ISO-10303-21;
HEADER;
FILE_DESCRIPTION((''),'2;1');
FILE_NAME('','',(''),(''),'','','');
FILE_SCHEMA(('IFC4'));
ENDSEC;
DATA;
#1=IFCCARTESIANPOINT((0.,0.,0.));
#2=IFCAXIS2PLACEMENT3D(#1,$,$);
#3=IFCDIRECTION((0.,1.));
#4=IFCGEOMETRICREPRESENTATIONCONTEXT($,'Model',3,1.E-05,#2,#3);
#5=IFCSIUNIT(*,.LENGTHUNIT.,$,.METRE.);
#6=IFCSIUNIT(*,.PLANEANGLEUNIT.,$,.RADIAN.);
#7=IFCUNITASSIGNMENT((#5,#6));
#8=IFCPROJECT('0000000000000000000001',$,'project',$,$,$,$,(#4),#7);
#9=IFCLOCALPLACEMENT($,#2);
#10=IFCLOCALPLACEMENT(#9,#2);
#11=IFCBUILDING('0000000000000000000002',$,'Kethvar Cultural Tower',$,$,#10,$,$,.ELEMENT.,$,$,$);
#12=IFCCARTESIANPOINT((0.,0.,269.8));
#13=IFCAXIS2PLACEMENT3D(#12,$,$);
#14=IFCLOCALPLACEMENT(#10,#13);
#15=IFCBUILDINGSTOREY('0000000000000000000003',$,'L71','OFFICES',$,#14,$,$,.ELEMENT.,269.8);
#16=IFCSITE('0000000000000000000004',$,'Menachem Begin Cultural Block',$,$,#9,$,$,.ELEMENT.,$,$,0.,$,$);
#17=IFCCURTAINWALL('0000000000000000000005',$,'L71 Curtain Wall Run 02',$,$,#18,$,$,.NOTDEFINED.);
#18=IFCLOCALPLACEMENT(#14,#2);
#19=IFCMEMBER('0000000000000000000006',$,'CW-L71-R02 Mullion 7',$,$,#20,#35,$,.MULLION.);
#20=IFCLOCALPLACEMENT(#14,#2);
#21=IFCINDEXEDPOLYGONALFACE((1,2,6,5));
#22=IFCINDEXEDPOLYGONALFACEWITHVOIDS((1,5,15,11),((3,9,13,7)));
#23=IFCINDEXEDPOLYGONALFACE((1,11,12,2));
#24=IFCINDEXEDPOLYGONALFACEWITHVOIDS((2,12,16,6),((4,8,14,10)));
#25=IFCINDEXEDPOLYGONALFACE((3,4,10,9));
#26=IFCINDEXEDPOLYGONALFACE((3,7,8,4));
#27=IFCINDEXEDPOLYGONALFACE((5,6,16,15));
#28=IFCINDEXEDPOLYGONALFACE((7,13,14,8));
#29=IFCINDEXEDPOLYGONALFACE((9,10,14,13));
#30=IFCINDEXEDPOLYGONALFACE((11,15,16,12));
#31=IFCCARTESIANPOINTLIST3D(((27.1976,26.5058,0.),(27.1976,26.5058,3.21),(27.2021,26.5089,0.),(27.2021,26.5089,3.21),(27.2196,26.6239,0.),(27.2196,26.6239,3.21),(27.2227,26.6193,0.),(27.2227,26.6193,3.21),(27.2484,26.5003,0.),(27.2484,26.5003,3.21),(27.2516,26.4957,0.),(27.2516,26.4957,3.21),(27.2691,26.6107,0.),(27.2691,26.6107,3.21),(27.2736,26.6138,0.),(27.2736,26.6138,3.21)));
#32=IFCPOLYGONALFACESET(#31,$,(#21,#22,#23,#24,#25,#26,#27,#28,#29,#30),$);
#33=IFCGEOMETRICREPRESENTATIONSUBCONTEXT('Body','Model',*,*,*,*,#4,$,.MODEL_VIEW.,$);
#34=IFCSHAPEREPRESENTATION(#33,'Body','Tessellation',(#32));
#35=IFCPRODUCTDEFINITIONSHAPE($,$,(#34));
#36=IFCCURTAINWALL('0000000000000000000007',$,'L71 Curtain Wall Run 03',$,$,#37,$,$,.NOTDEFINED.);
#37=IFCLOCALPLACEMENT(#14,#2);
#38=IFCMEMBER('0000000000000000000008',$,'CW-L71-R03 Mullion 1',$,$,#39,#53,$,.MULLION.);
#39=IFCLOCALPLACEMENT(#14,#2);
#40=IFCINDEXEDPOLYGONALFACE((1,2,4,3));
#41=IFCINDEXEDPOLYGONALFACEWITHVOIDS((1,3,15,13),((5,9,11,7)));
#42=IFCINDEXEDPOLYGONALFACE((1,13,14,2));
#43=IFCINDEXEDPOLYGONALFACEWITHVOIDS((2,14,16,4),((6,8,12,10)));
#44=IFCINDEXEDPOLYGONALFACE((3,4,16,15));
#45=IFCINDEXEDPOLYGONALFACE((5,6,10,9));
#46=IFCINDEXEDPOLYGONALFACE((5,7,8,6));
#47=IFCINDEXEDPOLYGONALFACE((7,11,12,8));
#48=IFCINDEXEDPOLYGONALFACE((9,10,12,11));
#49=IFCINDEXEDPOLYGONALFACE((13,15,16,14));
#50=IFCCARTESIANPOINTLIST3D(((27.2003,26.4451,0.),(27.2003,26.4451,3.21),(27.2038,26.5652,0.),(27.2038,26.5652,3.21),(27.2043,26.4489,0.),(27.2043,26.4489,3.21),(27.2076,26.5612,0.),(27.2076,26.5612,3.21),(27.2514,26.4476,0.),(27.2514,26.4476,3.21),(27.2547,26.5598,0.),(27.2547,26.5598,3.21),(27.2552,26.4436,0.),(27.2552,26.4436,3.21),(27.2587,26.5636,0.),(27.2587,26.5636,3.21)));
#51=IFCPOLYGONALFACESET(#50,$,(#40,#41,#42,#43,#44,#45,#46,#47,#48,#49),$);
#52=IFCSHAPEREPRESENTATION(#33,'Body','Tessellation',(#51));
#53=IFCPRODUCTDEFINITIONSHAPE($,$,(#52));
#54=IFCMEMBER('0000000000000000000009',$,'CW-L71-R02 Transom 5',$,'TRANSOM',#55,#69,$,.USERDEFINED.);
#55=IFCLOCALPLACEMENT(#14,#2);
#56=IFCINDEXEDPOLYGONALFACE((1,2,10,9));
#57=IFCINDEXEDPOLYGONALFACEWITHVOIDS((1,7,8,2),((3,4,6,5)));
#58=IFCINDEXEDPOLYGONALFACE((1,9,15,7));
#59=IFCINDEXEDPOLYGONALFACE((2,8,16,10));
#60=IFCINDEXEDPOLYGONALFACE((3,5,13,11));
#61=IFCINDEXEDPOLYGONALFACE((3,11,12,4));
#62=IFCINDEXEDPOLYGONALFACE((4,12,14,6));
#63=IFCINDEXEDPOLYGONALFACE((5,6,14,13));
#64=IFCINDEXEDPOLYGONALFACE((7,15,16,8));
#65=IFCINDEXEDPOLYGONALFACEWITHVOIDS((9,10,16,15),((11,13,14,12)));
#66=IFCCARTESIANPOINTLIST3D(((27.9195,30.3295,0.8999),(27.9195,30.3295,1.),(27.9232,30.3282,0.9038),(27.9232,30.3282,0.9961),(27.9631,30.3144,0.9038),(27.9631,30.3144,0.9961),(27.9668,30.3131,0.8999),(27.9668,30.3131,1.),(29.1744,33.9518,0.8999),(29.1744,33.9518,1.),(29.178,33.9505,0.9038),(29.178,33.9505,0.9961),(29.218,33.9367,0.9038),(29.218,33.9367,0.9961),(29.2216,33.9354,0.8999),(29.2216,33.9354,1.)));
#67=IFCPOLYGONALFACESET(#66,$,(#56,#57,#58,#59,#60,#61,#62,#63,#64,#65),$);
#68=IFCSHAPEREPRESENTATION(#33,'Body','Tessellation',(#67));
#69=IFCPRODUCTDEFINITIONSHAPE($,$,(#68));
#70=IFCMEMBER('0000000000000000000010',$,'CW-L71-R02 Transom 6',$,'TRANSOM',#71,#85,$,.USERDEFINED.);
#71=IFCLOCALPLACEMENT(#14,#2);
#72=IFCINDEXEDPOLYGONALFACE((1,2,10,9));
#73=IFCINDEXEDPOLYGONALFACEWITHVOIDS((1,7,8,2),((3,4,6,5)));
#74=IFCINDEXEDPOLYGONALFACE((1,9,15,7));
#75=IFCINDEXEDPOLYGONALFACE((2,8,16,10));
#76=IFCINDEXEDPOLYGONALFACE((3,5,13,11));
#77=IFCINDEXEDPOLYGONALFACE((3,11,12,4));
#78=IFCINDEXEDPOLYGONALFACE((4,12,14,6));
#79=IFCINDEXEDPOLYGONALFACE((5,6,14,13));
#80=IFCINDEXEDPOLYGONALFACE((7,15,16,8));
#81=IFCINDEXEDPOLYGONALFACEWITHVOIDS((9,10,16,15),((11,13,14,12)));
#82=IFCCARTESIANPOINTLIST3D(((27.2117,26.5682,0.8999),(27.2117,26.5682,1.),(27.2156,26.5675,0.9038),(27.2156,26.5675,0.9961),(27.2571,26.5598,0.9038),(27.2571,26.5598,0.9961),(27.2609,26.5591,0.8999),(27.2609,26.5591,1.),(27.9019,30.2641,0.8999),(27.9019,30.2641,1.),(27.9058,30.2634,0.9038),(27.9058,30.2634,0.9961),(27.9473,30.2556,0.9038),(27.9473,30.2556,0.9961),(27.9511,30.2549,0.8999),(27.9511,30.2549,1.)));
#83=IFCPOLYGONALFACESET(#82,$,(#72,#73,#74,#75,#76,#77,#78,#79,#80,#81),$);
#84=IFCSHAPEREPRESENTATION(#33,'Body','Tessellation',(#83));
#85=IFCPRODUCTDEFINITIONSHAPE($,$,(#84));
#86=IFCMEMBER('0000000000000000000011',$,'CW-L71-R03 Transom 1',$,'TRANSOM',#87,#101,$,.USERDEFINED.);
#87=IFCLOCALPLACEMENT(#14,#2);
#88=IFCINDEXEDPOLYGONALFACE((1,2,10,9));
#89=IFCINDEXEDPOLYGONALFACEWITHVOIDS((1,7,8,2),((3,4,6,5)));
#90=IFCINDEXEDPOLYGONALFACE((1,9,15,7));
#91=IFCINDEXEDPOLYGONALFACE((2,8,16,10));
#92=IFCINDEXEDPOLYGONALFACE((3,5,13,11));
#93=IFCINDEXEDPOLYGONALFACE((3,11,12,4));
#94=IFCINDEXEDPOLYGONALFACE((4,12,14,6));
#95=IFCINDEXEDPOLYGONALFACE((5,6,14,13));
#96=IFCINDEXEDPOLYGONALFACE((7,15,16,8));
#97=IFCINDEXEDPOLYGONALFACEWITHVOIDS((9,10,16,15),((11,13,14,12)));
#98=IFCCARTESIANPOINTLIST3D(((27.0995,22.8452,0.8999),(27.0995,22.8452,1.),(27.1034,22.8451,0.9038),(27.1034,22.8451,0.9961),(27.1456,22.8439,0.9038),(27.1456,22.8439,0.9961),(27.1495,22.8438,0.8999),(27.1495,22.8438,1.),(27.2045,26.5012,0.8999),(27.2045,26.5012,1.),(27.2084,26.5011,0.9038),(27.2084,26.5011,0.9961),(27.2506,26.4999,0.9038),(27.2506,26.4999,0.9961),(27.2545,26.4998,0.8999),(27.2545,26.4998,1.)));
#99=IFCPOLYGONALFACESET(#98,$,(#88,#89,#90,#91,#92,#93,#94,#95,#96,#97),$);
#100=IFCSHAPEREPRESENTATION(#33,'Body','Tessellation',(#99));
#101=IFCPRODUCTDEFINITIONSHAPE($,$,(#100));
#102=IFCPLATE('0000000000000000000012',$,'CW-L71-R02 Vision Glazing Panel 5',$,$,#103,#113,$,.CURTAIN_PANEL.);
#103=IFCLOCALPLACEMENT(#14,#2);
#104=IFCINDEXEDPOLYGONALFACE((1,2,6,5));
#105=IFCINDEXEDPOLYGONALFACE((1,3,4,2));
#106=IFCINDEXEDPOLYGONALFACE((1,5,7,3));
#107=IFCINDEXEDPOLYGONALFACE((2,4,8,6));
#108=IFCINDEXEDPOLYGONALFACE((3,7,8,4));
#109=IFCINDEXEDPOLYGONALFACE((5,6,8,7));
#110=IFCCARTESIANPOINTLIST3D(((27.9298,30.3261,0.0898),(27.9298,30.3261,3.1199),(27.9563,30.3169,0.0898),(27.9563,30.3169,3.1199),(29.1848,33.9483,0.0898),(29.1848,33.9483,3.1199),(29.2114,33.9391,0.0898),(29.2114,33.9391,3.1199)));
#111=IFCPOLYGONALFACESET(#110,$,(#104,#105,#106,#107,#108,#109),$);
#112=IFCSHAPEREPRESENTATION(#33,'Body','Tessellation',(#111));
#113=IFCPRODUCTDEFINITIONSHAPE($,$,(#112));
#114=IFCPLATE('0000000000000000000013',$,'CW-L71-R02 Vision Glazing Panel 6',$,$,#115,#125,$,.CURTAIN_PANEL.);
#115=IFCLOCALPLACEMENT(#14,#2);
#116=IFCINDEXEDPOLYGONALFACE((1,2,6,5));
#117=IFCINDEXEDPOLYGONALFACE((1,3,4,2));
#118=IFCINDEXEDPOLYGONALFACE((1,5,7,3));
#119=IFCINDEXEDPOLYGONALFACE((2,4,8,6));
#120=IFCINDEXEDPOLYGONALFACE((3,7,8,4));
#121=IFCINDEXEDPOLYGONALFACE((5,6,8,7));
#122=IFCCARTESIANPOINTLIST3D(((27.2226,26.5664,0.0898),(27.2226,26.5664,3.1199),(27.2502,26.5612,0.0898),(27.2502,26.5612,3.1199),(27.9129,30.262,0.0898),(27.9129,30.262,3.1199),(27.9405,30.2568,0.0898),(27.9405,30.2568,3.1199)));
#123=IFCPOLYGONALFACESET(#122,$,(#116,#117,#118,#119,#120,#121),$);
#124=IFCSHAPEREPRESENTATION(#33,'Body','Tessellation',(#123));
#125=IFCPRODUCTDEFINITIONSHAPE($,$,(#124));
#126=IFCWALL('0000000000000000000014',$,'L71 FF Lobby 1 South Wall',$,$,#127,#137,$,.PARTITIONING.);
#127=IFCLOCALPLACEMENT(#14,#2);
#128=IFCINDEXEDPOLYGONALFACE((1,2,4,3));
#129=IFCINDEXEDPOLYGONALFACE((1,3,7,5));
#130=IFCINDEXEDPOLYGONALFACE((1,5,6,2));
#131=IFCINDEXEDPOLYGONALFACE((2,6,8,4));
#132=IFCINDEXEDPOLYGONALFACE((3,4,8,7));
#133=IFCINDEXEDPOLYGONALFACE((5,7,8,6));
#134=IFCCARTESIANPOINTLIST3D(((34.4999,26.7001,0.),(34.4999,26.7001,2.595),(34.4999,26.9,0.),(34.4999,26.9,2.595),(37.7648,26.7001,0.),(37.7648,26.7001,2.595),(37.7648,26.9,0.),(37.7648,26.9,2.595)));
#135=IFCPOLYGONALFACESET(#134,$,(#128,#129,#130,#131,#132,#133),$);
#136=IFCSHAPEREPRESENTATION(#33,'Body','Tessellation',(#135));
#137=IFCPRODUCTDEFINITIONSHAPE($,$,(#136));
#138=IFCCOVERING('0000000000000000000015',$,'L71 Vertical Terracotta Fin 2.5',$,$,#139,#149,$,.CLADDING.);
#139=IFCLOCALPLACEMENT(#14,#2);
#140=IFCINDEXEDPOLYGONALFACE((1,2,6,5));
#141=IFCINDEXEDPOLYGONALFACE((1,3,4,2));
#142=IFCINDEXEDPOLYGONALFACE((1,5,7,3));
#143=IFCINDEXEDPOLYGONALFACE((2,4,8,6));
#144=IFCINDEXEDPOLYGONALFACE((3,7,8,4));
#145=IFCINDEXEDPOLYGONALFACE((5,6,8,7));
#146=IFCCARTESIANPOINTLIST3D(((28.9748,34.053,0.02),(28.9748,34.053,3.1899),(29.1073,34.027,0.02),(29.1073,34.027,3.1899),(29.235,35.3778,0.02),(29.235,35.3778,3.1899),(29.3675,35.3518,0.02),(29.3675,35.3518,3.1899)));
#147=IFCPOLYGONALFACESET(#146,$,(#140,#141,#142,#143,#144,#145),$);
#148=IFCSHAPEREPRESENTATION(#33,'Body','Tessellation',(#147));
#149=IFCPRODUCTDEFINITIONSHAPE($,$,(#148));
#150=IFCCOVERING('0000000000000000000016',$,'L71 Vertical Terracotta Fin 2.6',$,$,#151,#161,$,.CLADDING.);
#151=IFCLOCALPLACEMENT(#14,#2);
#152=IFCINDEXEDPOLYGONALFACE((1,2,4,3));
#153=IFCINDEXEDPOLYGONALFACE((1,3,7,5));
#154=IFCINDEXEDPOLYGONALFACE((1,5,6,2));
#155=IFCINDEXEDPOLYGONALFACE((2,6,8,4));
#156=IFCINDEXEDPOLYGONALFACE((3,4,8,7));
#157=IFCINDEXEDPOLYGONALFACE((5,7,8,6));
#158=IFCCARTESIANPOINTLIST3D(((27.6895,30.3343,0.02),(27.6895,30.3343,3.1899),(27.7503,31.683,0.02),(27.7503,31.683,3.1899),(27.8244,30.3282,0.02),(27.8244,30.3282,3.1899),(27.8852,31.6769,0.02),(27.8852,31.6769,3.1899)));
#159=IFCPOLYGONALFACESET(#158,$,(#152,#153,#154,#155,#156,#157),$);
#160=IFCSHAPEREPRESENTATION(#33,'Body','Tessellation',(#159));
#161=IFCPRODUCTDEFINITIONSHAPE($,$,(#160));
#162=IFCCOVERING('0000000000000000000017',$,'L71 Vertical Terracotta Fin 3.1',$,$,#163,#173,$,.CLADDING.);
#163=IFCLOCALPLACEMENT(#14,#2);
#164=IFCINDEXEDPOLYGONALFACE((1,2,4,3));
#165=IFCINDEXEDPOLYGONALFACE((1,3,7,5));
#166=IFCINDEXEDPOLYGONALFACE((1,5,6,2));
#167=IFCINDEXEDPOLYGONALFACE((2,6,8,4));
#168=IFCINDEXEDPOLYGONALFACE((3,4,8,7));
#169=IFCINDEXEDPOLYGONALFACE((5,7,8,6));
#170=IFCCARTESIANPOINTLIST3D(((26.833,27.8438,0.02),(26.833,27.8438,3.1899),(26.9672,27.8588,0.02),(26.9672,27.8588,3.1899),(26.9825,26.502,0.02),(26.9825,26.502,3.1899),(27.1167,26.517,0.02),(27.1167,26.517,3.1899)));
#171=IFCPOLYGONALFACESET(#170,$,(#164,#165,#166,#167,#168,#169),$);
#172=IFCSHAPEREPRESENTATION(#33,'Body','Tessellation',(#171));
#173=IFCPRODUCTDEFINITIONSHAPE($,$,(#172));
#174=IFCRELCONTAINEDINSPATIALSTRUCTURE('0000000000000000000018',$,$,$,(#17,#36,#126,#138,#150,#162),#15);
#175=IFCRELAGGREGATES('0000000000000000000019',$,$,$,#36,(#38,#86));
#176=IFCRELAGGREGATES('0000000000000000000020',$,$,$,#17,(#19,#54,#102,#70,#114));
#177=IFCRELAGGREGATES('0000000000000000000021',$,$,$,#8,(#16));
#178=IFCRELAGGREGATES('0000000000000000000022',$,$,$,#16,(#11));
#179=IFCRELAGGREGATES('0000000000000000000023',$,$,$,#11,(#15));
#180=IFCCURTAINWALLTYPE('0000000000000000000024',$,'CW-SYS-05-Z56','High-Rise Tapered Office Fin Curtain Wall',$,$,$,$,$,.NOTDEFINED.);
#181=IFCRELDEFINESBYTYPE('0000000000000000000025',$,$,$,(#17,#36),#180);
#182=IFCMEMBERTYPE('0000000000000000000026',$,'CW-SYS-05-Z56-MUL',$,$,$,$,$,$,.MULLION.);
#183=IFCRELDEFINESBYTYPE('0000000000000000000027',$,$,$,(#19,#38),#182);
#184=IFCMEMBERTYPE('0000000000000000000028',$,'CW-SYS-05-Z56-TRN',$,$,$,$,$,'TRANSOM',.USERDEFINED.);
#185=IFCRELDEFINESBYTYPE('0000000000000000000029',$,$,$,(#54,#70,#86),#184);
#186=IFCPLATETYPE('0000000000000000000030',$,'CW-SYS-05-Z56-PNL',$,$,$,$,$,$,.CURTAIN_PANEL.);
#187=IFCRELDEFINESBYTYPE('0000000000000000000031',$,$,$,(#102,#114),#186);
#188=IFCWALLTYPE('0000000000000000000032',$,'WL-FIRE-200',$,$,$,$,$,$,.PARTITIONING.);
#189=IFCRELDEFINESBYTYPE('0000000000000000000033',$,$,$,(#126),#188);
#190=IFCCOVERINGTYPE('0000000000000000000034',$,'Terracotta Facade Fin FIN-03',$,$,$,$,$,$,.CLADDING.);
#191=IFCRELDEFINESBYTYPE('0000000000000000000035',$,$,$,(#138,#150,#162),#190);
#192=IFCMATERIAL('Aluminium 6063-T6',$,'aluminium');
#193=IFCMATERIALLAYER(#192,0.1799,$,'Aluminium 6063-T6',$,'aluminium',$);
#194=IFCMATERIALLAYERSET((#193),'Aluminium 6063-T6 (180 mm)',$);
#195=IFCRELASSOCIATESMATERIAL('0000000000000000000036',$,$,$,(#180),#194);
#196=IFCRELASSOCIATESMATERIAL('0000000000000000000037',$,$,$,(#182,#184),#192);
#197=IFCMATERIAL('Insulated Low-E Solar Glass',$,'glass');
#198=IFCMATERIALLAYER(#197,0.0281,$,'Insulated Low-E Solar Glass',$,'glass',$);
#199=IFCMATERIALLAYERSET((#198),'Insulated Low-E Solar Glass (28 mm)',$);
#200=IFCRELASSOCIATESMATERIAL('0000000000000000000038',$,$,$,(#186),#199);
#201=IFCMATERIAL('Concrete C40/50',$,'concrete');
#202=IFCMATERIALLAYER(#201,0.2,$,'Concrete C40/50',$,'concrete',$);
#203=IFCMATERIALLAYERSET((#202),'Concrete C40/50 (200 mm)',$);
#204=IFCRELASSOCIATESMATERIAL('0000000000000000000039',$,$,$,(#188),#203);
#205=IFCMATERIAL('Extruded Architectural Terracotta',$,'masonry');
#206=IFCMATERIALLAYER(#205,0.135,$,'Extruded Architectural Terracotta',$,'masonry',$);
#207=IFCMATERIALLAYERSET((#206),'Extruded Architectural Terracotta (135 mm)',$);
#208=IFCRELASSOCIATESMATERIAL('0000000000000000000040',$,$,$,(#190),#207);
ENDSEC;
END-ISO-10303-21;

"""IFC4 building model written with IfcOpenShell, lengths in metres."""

from ifc_helpers import new_model, si_unit, direction, frame, frame_2d, origin, origin_2d, place, context, subcontext, project, spatial, rectangle, hollow_rectangle, extrude, source, transform, mapped, material, layer, layer_set, material_profile, profile_set, type_object, element, aggregate, save


model = new_model("IFC4")

# Units and contexts
model_context = context("Model", 3, precision=1e-05, world=origin(), true_north=direction((0.0, 1.0)))
body_context = subcontext(model_context, "Body", "Model", "MODEL_VIEW")
ifc_project = project(units=[si_unit("LENGTHUNIT", "METRE"), si_unit("PLANEANGLEUNIT", "RADIAN")], contexts=[model_context])

# Site, building, storey
site_placement = place(None, origin())
site = spatial("IfcSite", under=ifc_project, at=site_placement, Name="Menachem Begin Cultural Block", CompositionType="ELEMENT", RefElevation=0.0)
building_placement = place(site_placement, origin())
building = spatial("IfcBuilding", under=site, at=building_placement, Name="Kethvar Cultural Tower", CompositionType="ELEMENT")
storey_placement = place(building_placement, frame((0.0, 0.0, 269.8)))
storey = spatial("IfcBuildingStorey", under=building, at=storey_placement, Name="L71", Description="OFFICES", CompositionType="ELEMENT", Elevation=269.8)

# Curtain wall, member
ifc_material_1 = material(Name="Aluminium 6063-T6", Category="aluminium")
ifc_layer_1 = layer(ifc_material_1, 0.1799, Name="Aluminium 6063-T6", Category="aluminium")
ifc_layer_set_1 = layer_set([ifc_layer_1], Name="Aluminium 6063-T6 (180 mm)")
curtain_wall_type = type_object("IfcCurtainWallType", Name="CW-SYS-05-Z56", Description="High-Rise Tapered Office Fin Curtain Wall", PredefinedType="NOTDEFINED", material=ifc_layer_set_1)
curtain_wall_1_placement = place(storey_placement, origin())
curtain_wall_1 = element("IfcCurtainWall", 1, at=curtain_wall_1_placement, inside=storey, type_object=curtain_wall_type, Name="L71 Curtain Wall Run 02", PredefinedType="NOTDEFINED")
ifc_material_profile_1 = material_profile(ifc_material_1, hollow_rectangle(XDim=0.0549, YDim=0.1201, WallThickness=0.0039, at=origin_2d()), Name="Aluminium 6063-T6 — RHS120x55x4")
ifc_profile_set_1 = profile_set([ifc_material_profile_1], Name="Aluminium 6063-T6 — RHS120x55x4")
member_type_1 = type_object("IfcMemberType", Name="CW-SYS-05-Z56-MUL", PredefinedType="MULLION", material=ifc_profile_set_1)
shared_shape_1 = source(origin(), body_context, "Body", "SweptSolid", [
    extrude(hollow_rectangle(XDim=0.0549, YDim=0.1201, WallThickness=0.0039, at=origin_2d()), origin(), (0.0, 0.0, 1.0), 3.21),
])
member_1_placement = place(storey_placement, frame((27.2356, 26.5598, 0.0), z_axis=(0.0, 0.0, 1.0), x_axis=(0.982996, -0.183625, 0.0)))
member_1 = element("IfcMember", 2, at=member_1_placement, type_object=member_type_1, Name="CW-L71-R02 Mullion 7", PredefinedType="MULLION", context=body_context, shape_type="MappedRepresentation", body=[
    mapped(shared_shape_1, transform((0.0, 0.0, 0.0), scale=1.0)),
])

# Curtain wall, member
curtain_wall_2_placement = place(storey_placement, origin())
curtain_wall_2 = element("IfcCurtainWall", 3, at=curtain_wall_2_placement, inside=storey, type_object=curtain_wall_type, Name="L71 Curtain Wall Run 03", PredefinedType="NOTDEFINED")
member_2_placement = place(storey_placement, frame((27.2295, 26.5044, 0.0), z_axis=(0.0, 0.0, 1.0), x_axis=(0.999588, -0.028689, 0.0)))
member_2 = element("IfcMember", 4, at=member_2_placement, type_object=member_type_1, Name="CW-L71-R03 Mullion 1", PredefinedType="MULLION", context=body_context, shape_type="MappedRepresentation", body=[
    mapped(shared_shape_1, transform((0.0, 0.0, 0.0), scale=1.0)),
])

# Members
ifc_material_profile_2 = material_profile(ifc_material_1, hollow_rectangle(XDim=0.05, YDim=0.1001, WallThickness=0.0039, at=origin_2d()), Name="Aluminium 6063-T6 — RHS100x50x4")
ifc_profile_set_2 = profile_set([ifc_material_profile_2], Name="Aluminium 6063-T6 — RHS100x50x4")
member_type_2 = type_object("IfcMemberType", Name="CW-SYS-05-Z56-TRN", ElementType="TRANSOM", PredefinedType="USERDEFINED", material=ifc_profile_set_2)
shared_shape_2 = source(origin(), body_context, "Body", "SweptSolid", [
    extrude(hollow_rectangle(XDim=0.05, YDim=0.1001, WallThickness=0.0039, at=origin_2d()), origin(), (0.0, 0.0, 1.0), 3.8335),
])
member_3_placement = place(storey_placement, frame((29.198, 33.9436, 0.95), z_axis=(-0.327345, -0.944905, 0.0), x_axis=(0.944905, -0.327345, 0.0)))
member_3 = element("IfcMember", 5, at=member_3_placement, type_object=member_type_2, Name="CW-L71-R02 Transom 5", ObjectType="TRANSOM", PredefinedType="USERDEFINED", context=body_context, shape_type="MappedRepresentation", body=[
    mapped(shared_shape_2, transform((0.0, 0.0, 0.0), scale=1.0)),
])
shared_shape_3 = source(origin(), body_context, "Body", "SweptSolid", [
    extrude(hollow_rectangle(XDim=0.05, YDim=0.1001, WallThickness=0.0039, at=origin_2d()), origin(), (0.0, 0.0, 1.0), 3.7598),
])
member_4_placement = place(storey_placement, frame((27.9265, 30.2595, 0.95), z_axis=(-0.183575, -0.983006, 0.0), x_axis=(0.983006, -0.183575, 0.0)))
member_4 = element("IfcMember", 6, at=member_4_placement, type_object=member_type_2, Name="CW-L71-R02 Transom 6", ObjectType="TRANSOM", PredefinedType="USERDEFINED", context=body_context, shape_type="MappedRepresentation", body=[
    mapped(shared_shape_3, transform((0.0, 0.0, 0.0), scale=1.0)),
])
shared_shape_4 = source(origin(), body_context, "Body", "SweptSolid", [
    extrude(hollow_rectangle(XDim=0.05, YDim=0.1001, WallThickness=0.0039, at=origin_2d()), origin(), (0.0, 0.0, 1.0), 3.6575),
])
member_5_placement = place(storey_placement, frame((27.2295, 26.5005, 0.95), z_axis=(-0.028703, -0.999588, 0.0), x_axis=(0.999588, -0.028703, 0.0)))
member_5 = element("IfcMember", 7, at=member_5_placement, type_object=member_type_2, Name="CW-L71-R03 Transom 1", ObjectType="TRANSOM", PredefinedType="USERDEFINED", context=body_context, shape_type="MappedRepresentation", body=[
    mapped(shared_shape_4, transform((0.0, 0.0, 0.0), scale=1.0)),
])
aggregate(curtain_wall_2, [member_2, member_5])

# Plates
ifc_material_2 = material(Name="Insulated Low-E Solar Glass", Category="glass")
ifc_layer_2 = layer(ifc_material_2, 0.0281, Name="Insulated Low-E Solar Glass", Category="glass")
ifc_layer_set_2 = layer_set([ifc_layer_2], Name="Insulated Low-E Solar Glass (28 mm)")
plate_type = type_object("IfcPlateType", Name="CW-SYS-05-Z56-PNL", PredefinedType="CURTAIN_PANEL", material=ifc_layer_set_2)
shared_shape_5 = source(origin(), body_context, "Body", "SweptSolid", [
    extrude(rectangle(XDim=3.8335, YDim=0.0281, at=origin_2d()), origin(), (0.0, 0.0, 1.0), 3.03),
])
plate_1_placement = place(storey_placement, frame((28.5706, 32.1326, 0.0898), z_axis=(0.0, 0.0, 1.0), x_axis=(-0.327399, -0.944886, 0.0)))
plate_1 = element("IfcPlate", 8, at=plate_1_placement, type_object=plate_type, Name="CW-L71-R02 Vision Glazing Panel 5", PredefinedType="CURTAIN_PANEL", context=body_context, shape_type="MappedRepresentation", body=[
    mapped(shared_shape_5, transform((0.0, 0.0, 0.0), scale=1.0)),
])
shared_shape_6 = source(origin(), body_context, "Body", "SweptSolid", [
    extrude(rectangle(XDim=3.7595, YDim=0.0281, at=origin_2d()), origin(), (0.0, 0.0, 1.0), 3.03),
])
plate_2_placement = place(storey_placement, frame((27.5815, 28.4116, 0.0898), z_axis=(0.0, 0.0, 1.0), x_axis=(-0.183625, -0.982996, 0.0)))
plate_2 = element("IfcPlate", 9, at=plate_2_placement, type_object=plate_type, Name="CW-L71-R02 Vision Glazing Panel 6", PredefinedType="CURTAIN_PANEL", context=body_context, shape_type="MappedRepresentation", body=[
    mapped(shared_shape_6, transform((0.0, 0.0, 0.0), scale=1.0)),
])
aggregate(curtain_wall_1, [member_1, member_3, plate_1, member_4, plate_2])

# Shared definitions
ifc_material_3 = material(Name="Concrete C40/50", Category="concrete")
ifc_layer_3 = layer(ifc_material_3, 0.2, Name="Concrete C40/50", Category="concrete")
ifc_layer_set_3 = layer_set([ifc_layer_3], Name="Concrete C40/50 (200 mm)")
wall_type = type_object("IfcWallType", Name="WL-FIRE-200", PredefinedType="PARTITIONING", material=ifc_layer_set_3)

# Wall
wall_1_placement = place(storey_placement, frame((34.5, 26.8, 0.0), z_axis=(0.0, 0.0, 1.0), x_axis=(1.0, 0.0, 0.0)))
element("IfcWall", 10, at=wall_1_placement, inside=storey, type_object=wall_type, Name="L71 FF Lobby 1 South Wall", PredefinedType="PARTITIONING", context=body_context, shape_type="SweptSolid", body=[
    extrude(rectangle(XDim=3.2649, YDim=0.2, at=frame_2d((1.6323, 0.0))), origin(), (0.0, 0.0, 1.0), 2.595),
])

# Coverings
ifc_material_4 = material(Name="Extruded Architectural Terracotta", Category="masonry")
ifc_layer_4 = layer(ifc_material_4, 0.135, Name="Extruded Architectural Terracotta", Category="masonry")
ifc_layer_set_4 = layer_set([ifc_layer_4], Name="Extruded Architectural Terracotta (135 mm)")
covering_type = type_object("IfcCoveringType", Name="Terracotta Facade Fin FIN-03", PredefinedType="CLADDING", material=ifc_layer_set_4)
shared_shape_7 = source(origin(), body_context, "Body", "SweptSolid", [
    extrude(rectangle(XDim=1.3501, YDim=0.135, at=origin_2d()), origin(), (0.0, 0.0, 1.0), 3.1699),
])
for number, where, z_axis, x_axis, name in (
    (11, (29.1711, 34.7024, 0.02), (0.0, 0.0, 1.0), (0.192693, 0.981259, 0.0), "L71 Vertical Terracotta Fin 2.5"),
    (12, (27.7874, 31.0056, 0.02), (0.0, 0.0, 1.0), (0.045014, 0.998986, 0.0), "L71 Vertical Terracotta Fin 2.6"),
    (13, (26.9749, 27.1804, 0.02), (0.0, 0.0, 1.0), (-0.110775, 0.993845, 0.0), "L71 Vertical Terracotta Fin 3.1"),
):
    element("IfcCovering", number, at=place(storey_placement, frame(where, z_axis=z_axis, x_axis=x_axis)), inside=storey, type_object=covering_type, Name=name, PredefinedType="CLADDING", context=body_context, shape_type="MappedRepresentation", body=[
        mapped(shared_shape_7, transform((0.0, 0.0, 0.0), scale=1.0)),
    ])

save(model, "model.ifc")
